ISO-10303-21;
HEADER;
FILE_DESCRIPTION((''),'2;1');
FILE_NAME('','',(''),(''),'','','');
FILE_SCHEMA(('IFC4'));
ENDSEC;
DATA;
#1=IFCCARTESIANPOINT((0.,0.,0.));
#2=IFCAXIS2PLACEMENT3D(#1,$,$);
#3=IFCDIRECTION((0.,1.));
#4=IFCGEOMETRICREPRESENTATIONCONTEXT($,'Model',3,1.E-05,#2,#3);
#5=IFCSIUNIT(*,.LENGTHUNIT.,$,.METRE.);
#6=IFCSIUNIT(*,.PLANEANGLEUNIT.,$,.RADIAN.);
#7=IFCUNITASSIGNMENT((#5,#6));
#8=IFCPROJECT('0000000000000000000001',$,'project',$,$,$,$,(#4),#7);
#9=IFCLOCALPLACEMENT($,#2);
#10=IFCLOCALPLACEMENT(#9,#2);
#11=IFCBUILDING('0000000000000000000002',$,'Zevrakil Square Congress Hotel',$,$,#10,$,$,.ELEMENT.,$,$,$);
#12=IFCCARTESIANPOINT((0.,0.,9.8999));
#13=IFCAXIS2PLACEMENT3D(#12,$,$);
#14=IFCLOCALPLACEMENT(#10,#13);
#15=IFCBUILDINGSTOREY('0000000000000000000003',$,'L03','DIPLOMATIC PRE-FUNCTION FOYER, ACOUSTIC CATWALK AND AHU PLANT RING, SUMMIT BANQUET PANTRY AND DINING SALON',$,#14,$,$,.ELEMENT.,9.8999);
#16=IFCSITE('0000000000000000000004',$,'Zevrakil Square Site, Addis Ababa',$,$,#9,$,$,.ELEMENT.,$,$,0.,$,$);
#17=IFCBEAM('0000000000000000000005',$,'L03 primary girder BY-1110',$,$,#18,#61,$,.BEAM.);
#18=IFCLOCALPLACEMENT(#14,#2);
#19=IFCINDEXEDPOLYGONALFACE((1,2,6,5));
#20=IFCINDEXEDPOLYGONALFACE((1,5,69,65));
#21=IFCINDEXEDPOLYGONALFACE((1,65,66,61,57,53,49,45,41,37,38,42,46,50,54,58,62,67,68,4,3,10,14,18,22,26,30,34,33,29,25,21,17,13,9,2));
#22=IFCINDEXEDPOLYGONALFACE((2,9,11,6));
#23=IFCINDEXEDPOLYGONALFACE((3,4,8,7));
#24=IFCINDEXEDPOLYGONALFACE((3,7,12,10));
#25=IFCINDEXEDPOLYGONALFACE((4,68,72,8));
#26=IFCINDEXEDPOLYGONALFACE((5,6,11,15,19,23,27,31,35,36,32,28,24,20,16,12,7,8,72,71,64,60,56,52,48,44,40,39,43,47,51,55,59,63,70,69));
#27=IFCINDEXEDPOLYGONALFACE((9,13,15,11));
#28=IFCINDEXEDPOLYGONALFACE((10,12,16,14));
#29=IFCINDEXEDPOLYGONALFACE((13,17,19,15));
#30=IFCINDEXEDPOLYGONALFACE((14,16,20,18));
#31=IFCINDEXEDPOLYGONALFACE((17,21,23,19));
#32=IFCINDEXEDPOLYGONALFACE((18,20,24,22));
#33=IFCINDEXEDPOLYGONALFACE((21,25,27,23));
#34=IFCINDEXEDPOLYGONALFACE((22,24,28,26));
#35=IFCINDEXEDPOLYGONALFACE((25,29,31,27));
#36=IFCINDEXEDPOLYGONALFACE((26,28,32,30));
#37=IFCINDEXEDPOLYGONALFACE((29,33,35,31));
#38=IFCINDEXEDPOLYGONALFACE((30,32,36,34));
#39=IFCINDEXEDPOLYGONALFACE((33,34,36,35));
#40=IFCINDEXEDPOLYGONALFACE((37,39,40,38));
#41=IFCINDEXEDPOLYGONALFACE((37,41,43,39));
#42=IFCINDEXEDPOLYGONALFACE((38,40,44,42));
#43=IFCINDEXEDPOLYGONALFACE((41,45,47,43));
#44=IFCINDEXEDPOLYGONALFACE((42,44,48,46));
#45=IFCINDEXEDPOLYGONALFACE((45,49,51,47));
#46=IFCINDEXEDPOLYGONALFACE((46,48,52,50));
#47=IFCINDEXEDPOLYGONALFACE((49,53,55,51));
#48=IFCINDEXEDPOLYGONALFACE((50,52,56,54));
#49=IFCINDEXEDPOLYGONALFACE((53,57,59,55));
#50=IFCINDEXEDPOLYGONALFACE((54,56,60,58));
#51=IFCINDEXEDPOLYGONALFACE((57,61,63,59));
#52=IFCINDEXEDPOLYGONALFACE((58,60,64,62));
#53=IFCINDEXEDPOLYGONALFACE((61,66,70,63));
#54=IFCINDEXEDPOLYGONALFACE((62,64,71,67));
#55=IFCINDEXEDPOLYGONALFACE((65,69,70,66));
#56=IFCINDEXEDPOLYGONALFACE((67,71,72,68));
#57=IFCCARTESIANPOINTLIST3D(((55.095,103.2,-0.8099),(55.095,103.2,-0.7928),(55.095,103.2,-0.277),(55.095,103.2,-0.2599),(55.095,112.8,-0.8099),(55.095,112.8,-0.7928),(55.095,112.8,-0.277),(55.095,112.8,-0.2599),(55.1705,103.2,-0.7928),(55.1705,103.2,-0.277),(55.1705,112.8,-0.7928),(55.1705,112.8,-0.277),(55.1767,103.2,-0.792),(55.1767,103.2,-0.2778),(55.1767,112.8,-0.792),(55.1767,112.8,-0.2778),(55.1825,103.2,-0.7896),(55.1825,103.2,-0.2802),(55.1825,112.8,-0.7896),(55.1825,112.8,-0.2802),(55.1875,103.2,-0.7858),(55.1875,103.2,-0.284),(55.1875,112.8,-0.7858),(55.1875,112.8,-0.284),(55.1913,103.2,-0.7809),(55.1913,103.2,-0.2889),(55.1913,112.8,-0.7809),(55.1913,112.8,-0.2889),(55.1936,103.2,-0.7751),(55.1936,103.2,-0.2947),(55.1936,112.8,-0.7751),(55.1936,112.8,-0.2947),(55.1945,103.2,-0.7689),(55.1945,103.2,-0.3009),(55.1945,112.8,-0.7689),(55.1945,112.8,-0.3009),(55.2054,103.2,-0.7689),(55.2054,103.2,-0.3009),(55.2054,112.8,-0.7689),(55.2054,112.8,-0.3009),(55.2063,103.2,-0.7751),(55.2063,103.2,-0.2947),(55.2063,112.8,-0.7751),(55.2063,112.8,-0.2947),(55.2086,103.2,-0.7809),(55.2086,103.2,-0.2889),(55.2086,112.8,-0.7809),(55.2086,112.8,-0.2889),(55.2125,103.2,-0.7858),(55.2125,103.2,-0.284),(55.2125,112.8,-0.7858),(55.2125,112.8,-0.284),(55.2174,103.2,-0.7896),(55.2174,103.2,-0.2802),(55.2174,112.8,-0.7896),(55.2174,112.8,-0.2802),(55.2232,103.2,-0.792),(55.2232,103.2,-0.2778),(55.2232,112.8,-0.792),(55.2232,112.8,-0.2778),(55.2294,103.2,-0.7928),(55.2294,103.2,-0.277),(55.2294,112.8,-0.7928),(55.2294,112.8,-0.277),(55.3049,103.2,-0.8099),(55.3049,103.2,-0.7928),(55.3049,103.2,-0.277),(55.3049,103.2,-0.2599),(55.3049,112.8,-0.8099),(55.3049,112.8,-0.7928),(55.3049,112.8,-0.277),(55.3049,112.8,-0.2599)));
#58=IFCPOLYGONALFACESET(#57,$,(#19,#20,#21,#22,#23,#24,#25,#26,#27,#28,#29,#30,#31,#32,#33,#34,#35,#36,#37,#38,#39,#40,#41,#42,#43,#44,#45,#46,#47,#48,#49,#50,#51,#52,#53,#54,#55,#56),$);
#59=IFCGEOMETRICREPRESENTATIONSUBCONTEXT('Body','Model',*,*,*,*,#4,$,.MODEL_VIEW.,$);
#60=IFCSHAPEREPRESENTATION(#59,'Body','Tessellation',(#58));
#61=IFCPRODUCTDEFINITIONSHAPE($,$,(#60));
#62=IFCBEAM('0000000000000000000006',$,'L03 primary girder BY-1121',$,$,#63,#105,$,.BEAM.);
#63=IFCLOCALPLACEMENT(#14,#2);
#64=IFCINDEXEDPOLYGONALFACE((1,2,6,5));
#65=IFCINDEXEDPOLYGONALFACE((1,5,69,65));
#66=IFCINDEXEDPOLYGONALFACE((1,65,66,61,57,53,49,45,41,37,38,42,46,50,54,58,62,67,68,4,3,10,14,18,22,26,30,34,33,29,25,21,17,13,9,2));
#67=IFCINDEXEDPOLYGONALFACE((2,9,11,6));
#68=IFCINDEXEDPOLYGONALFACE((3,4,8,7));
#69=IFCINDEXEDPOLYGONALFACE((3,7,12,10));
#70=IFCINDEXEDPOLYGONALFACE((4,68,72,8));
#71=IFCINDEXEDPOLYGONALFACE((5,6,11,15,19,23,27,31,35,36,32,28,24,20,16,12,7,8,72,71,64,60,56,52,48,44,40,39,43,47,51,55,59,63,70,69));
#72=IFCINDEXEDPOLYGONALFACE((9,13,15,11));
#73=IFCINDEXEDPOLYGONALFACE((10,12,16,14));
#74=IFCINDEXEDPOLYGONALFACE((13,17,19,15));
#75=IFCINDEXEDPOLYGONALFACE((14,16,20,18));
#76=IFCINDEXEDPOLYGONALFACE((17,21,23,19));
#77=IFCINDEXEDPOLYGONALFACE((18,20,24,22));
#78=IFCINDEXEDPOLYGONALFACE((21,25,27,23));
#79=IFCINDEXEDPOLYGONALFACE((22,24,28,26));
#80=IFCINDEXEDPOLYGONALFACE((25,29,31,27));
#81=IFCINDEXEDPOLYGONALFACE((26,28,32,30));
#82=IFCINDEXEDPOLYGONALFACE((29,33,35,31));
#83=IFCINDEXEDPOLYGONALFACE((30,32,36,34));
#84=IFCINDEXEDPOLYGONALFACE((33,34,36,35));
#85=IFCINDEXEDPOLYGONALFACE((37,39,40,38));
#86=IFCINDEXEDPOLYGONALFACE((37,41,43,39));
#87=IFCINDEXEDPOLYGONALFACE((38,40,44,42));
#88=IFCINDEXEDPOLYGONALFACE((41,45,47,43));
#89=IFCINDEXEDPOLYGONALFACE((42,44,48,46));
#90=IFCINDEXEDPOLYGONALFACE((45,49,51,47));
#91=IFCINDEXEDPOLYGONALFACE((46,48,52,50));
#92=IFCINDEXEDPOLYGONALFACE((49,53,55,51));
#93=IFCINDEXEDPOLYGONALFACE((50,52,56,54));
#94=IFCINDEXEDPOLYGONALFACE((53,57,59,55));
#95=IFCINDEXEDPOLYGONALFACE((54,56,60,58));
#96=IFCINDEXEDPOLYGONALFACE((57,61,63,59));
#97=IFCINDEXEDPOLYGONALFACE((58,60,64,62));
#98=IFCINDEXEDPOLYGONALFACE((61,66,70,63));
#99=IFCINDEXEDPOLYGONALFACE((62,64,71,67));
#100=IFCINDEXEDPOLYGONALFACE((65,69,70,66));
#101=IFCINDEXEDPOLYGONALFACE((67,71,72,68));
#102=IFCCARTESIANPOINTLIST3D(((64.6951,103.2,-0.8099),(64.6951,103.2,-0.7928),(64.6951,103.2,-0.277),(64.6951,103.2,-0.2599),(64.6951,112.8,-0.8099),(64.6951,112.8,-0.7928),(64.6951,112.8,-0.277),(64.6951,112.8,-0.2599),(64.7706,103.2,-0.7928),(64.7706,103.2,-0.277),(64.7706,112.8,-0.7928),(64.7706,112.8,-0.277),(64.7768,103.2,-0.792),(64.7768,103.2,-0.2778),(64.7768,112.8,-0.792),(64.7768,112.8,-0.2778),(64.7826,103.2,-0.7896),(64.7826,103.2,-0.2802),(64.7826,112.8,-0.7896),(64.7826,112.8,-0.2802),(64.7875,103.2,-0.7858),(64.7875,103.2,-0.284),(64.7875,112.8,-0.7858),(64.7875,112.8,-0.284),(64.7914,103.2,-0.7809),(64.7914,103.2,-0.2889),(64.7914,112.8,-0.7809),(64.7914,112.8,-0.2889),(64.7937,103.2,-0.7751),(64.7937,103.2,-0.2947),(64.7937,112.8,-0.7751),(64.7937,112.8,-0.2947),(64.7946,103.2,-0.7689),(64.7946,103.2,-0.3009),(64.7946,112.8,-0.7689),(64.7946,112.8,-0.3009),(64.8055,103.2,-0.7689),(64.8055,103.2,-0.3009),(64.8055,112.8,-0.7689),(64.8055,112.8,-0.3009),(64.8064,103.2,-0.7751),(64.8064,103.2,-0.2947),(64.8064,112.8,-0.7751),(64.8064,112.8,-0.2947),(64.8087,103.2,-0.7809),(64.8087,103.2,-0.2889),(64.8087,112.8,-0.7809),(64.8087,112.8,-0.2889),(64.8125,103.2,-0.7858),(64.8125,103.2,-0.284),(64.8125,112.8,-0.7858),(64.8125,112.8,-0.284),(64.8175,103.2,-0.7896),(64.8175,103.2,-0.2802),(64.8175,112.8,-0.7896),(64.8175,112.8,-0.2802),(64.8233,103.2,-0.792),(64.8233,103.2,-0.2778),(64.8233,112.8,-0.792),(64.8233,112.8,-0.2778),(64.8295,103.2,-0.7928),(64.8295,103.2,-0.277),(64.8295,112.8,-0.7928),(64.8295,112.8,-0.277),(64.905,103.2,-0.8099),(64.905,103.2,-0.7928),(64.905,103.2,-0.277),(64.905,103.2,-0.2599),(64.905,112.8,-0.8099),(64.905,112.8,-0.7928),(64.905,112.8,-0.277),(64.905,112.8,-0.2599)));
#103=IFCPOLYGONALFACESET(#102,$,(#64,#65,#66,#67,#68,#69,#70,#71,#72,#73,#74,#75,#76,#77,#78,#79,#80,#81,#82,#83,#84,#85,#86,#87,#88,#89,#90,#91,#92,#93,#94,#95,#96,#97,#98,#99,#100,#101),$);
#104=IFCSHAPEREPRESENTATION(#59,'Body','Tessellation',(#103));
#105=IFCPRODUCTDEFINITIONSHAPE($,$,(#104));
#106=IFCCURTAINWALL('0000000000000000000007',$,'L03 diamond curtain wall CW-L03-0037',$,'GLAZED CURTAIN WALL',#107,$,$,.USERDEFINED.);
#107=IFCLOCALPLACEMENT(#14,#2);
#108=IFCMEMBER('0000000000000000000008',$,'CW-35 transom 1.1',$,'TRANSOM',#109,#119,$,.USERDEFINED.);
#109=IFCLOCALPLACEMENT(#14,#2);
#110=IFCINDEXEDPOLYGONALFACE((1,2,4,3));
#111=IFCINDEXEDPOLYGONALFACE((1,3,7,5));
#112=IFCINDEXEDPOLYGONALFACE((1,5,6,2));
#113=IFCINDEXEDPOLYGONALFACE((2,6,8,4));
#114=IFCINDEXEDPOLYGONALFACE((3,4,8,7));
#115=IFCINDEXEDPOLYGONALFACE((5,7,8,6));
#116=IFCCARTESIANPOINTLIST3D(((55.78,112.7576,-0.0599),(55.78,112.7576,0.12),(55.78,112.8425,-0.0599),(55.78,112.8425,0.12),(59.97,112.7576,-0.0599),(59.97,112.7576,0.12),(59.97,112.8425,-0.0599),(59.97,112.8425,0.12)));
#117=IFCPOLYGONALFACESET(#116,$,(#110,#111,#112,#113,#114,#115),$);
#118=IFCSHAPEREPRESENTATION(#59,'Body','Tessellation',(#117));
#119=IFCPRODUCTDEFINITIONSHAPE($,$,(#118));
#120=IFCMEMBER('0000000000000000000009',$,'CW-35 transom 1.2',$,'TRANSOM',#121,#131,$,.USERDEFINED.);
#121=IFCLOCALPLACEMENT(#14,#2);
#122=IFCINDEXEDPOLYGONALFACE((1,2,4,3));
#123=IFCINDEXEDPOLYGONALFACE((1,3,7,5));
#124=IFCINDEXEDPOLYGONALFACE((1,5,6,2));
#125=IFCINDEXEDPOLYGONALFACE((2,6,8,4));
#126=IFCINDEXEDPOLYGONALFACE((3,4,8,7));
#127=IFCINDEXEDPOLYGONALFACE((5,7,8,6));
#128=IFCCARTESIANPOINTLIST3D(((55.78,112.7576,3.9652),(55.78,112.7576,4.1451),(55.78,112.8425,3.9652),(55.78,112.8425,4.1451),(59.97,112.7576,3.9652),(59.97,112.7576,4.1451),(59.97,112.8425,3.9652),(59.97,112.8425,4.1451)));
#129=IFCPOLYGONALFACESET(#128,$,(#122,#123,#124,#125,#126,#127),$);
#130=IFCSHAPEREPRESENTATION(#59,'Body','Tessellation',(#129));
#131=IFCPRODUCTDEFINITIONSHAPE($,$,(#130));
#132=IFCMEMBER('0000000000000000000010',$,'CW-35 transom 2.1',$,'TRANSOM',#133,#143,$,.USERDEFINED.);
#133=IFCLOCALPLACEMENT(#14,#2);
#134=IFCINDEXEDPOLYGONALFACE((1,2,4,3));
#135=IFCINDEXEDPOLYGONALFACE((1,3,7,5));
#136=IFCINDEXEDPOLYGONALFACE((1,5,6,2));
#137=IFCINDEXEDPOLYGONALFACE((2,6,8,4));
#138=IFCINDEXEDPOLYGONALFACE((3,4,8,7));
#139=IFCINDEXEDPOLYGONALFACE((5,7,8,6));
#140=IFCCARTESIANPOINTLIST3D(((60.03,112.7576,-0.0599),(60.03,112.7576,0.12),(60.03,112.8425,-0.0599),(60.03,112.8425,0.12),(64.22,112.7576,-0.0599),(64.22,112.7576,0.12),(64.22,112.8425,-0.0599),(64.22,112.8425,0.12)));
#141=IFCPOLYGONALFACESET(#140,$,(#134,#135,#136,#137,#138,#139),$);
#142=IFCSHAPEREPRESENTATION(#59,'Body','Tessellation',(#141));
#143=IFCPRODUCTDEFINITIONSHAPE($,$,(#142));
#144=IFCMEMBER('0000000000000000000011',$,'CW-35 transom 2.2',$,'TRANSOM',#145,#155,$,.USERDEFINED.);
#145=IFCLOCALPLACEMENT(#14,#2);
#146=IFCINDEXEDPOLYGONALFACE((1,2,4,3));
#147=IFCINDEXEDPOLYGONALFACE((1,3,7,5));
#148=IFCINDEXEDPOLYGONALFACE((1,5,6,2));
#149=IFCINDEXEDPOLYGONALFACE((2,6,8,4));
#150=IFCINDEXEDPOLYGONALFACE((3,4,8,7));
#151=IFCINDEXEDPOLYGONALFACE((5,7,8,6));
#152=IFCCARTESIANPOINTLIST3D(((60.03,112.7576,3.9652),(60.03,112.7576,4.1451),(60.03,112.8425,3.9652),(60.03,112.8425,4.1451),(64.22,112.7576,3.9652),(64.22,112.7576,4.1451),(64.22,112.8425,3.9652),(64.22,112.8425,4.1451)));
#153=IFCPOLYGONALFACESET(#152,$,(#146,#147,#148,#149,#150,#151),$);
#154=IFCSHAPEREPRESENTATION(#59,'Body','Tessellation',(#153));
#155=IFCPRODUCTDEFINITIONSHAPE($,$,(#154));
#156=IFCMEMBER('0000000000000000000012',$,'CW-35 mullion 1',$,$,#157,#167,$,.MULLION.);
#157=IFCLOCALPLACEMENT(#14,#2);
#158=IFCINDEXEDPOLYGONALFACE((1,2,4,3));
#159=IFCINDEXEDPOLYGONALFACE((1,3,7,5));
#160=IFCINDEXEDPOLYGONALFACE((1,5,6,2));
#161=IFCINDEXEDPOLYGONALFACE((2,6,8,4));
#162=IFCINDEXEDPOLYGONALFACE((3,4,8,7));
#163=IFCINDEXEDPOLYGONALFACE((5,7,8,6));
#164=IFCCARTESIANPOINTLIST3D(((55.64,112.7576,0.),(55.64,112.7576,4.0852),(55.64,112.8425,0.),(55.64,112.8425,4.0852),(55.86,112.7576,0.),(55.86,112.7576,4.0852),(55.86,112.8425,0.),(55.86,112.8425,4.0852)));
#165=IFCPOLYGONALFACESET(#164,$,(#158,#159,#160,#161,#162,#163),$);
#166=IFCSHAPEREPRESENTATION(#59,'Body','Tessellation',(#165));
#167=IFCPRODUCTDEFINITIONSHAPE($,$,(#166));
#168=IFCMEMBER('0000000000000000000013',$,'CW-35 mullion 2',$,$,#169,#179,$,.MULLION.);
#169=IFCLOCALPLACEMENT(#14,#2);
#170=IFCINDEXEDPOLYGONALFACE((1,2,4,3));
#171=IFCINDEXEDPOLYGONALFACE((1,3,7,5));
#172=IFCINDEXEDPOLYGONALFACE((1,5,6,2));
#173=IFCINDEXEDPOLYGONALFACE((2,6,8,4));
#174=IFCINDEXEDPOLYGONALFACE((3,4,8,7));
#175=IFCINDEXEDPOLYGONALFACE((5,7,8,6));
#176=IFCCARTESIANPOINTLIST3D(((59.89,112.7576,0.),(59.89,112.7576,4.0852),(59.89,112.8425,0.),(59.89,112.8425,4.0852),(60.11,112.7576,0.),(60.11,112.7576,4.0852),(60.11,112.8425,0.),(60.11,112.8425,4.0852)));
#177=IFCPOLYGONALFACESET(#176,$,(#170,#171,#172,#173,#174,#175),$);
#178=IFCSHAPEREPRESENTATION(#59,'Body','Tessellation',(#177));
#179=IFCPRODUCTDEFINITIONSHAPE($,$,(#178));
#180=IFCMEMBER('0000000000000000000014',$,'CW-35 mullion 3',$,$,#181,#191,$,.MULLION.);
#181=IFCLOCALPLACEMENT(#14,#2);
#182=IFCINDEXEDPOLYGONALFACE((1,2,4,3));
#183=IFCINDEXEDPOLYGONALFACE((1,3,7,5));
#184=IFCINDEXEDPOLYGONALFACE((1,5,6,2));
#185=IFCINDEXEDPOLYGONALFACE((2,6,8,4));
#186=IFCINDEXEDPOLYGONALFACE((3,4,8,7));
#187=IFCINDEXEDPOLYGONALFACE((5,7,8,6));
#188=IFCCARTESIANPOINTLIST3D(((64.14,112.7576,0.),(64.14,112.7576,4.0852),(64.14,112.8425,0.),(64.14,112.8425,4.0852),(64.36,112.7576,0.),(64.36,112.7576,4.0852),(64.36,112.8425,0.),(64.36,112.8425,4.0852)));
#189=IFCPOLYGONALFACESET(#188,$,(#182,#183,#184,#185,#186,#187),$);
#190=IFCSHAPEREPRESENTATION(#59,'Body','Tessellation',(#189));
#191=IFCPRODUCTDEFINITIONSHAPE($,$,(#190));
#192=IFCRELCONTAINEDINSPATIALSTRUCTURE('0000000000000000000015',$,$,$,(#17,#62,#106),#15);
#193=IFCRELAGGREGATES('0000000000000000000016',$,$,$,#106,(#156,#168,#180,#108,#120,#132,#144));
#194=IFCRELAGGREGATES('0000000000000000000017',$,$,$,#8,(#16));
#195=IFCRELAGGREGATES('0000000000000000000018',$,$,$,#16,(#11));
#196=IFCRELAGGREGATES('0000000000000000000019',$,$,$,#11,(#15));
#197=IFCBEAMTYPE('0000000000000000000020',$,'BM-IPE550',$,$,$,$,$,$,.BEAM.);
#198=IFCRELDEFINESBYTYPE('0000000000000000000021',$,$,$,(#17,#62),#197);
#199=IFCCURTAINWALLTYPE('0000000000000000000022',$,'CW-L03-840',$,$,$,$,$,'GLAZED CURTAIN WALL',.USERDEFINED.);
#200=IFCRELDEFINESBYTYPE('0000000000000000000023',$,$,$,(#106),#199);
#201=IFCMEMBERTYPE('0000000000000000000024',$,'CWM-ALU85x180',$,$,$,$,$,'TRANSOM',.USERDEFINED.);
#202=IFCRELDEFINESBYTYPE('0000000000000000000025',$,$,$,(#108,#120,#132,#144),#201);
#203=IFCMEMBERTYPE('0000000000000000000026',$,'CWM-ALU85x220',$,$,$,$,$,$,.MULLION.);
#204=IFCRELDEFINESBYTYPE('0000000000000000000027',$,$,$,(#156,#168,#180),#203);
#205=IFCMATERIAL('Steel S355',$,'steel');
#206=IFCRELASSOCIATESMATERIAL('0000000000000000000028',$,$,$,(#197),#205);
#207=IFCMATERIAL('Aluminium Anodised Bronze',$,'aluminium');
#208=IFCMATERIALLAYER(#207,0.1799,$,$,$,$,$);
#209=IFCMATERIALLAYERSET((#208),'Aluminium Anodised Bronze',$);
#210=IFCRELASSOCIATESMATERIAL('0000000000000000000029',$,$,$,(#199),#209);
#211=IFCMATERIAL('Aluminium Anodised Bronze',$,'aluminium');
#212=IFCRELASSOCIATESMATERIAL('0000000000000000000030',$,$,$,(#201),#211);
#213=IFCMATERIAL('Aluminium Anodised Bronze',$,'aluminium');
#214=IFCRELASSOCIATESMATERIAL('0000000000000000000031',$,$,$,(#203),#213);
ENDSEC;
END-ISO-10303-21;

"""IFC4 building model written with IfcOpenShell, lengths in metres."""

from ifc_helpers import new_model, si_unit, direction, frame, origin, origin_2d, place, context, subcontext, project, spatial, rectangle, i_section, extrude, material, layer, layer_set, material_profile, profile_set, type_object, element, aggregate, save


model = new_model("IFC4")

# Units and contexts
model_context = context("Model", 3, precision=1e-05, world=origin(), true_north=direction((0.0, 1.0)))
body_context = subcontext(model_context, "Body", "Model", "MODEL_VIEW")
ifc_project = project(units=[si_unit("LENGTHUNIT", "METRE"), si_unit("PLANEANGLEUNIT", "RADIAN")], contexts=[model_context])

# Site, building, storey
site_placement = place(None, origin())
site = spatial("IfcSite", under=ifc_project, at=site_placement, Name="Zevrakil Square Site, Addis Ababa", CompositionType="ELEMENT", RefElevation=0.0)
building_placement = place(site_placement, origin())
building = spatial("IfcBuilding", under=site, at=building_placement, Name="Zevrakil Square Congress Hotel", CompositionType="ELEMENT")
storey_placement = place(building_placement, frame((0.0, 0.0, 9.8999)))
storey = spatial("IfcBuildingStorey", under=building, at=storey_placement, Name="L03", Description="DIPLOMATIC PRE-FUNCTION FOYER, ACOUSTIC CATWALK AND AHU PLANT RING, SUMMIT BANQUET PANTRY AND DINING SALON", CompositionType="ELEMENT", Elevation=9.8999)

# Beams
ifc_material_1 = material(Name="Steel S355", Category="steel")
ifc_material_profile_1 = material_profile(ifc_material_1, i_section(OverallWidth=0.21, OverallDepth=0.55, WebThickness=0.011, FlangeThickness=0.0171, FilletRadius=0.0239, at=origin_2d()), Name="IPE 550")
ifc_profile_set_1 = profile_set([ifc_material_profile_1], Name="Steel S355")
beam_type_1 = type_object("IfcBeamType", Name="BM-IPE550", PredefinedType="BEAM", material=ifc_profile_set_1)
for number, where, z_axis, x_axis, name in (
    (1, (55.2, 103.2, -0.5349), (0.0, 1.0, 0.0), (-1.0, 0.0, 0.0), "L03 primary girder BY-1110"),
    (2, (64.8, 103.2, -0.5349), (0.0, 1.0, 0.0), (-1.0, 0.0, 0.0), "L03 primary girder BY-1121"),
):
    element("IfcBeam", number, at=place(storey_placement, frame(where, z_axis=z_axis, x_axis=x_axis)), inside=storey, type_object=beam_type_1, Name=name, PredefinedType="BEAM", context=body_context, shape_type="SweptSolid", body=[
        extrude(i_section(OverallWidth=0.21, OverallDepth=0.55, WebThickness=0.011, FlangeThickness=0.0171, FilletRadius=0.0239, at=origin_2d()), origin(), (0.0, 0.0, 1.0), 9.6001),
    ])

# Curtain wall, members
ifc_material_2 = material(Name="Aluminium Anodised Bronze", Category="aluminium")
ifc_layer_1 = layer(ifc_material_2, 0.1799)
ifc_layer_set_1 = layer_set([ifc_layer_1], Name="Aluminium Anodised Bronze")
curtain_wall_type = type_object("IfcCurtainWallType", Name="CW-L03-840", ElementType="GLAZED CURTAIN WALL", PredefinedType="USERDEFINED", material=ifc_layer_set_1)
curtain_wall_placement = place(storey_placement, origin())
curtain_wall = element("IfcCurtainWall", 3, at=curtain_wall_placement, inside=storey, type_object=curtain_wall_type, Name="L03 diamond curtain wall CW-L03-0037", ObjectType="GLAZED CURTAIN WALL", PredefinedType="USERDEFINED")
ifc_material_3 = material(Name="Aluminium Anodised Bronze", Category="aluminium")
ifc_material_profile_2 = material_profile(ifc_material_3, rectangle(XDim=0.085, YDim=0.1799, at=origin_2d()), Name="ALU 85x180")
ifc_profile_set_2 = profile_set([ifc_material_profile_2], Name="Aluminium Anodised Bronze")
member_type_1 = type_object("IfcMemberType", Name="CWM-ALU85x180", ElementType="TRANSOM", PredefinedType="USERDEFINED", material=ifc_profile_set_2)
member_1_placement = place(storey_placement, frame((55.78, 112.8, 0.03), z_axis=(1.0, 0.0, 0.0), x_axis=(0.0, 1.0, 0.0)))
member_1 = element("IfcMember", 4, at=member_1_placement, type_object=member_type_1, Name="CW-35 transom 1.1", ObjectType="TRANSOM", PredefinedType="USERDEFINED", context=body_context, shape_type="SweptSolid", body=[
    extrude(rectangle(XDim=0.085, YDim=0.1799, at=origin_2d()), origin(), (0.0, 0.0, 1.0), 4.1899),
])
member_2_placement = place(storey_placement, frame((55.78, 112.8, 4.0552), z_axis=(1.0, 0.0, 0.0), x_axis=(0.0, 1.0, 0.0)))
member_2 = element("IfcMember", 5, at=member_2_placement, type_object=member_type_1, Name="CW-35 transom 1.2", ObjectType="TRANSOM", PredefinedType="USERDEFINED", context=body_context, shape_type="SweptSolid", body=[
    extrude(rectangle(XDim=0.085, YDim=0.1799, at=origin_2d()), origin(), (0.0, 0.0, 1.0), 4.1899),
])
member_3_placement = place(storey_placement, frame((60.03, 112.8, 0.03), z_axis=(1.0, 0.0, 0.0), x_axis=(0.0, 1.0, 0.0)))
member_3 = element("IfcMember", 6, at=member_3_placement, type_object=member_type_1, Name="CW-35 transom 2.1", ObjectType="TRANSOM", PredefinedType="USERDEFINED", context=body_context, shape_type="SweptSolid", body=[
    extrude(rectangle(XDim=0.085, YDim=0.1799, at=origin_2d()), origin(), (0.0, 0.0, 1.0), 4.1899),
])
member_4_placement = place(storey_placement, frame((60.03, 112.8, 4.0552), z_axis=(1.0, 0.0, 0.0), x_axis=(0.0, 1.0, 0.0)))
member_4 = element("IfcMember", 7, at=member_4_placement, type_object=member_type_1, Name="CW-35 transom 2.2", ObjectType="TRANSOM", PredefinedType="USERDEFINED", context=body_context, shape_type="SweptSolid", body=[
    extrude(rectangle(XDim=0.085, YDim=0.1799, at=origin_2d()), origin(), (0.0, 0.0, 1.0), 4.1899),
])
ifc_material_4 = material(Name="Aluminium Anodised Bronze", Category="aluminium")
ifc_material_profile_3 = material_profile(ifc_material_4, rectangle(XDim=0.085, YDim=0.22, at=origin_2d()), Name="ALU 85x220")
ifc_profile_set_3 = profile_set([ifc_material_profile_3], Name="Aluminium Anodised Bronze")
member_type_2 = type_object("IfcMemberType", Name="CWM-ALU85x220", PredefinedType="MULLION", material=ifc_profile_set_3)
member_5_placement = place(storey_placement, frame((55.75, 112.8, 0.0), z_axis=(0.0, 0.0, 1.0), x_axis=(0.0, 1.0, 0.0)))
member_5 = element("IfcMember", 8, at=member_5_placement, type_object=member_type_2, Name="CW-35 mullion 1", PredefinedType="MULLION", context=body_context, shape_type="SweptSolid", body=[
    extrude(rectangle(XDim=0.085, YDim=0.22, at=origin_2d()), origin(), (0.0, 0.0, 1.0), 4.0852),
])
member_6_placement = place(storey_placement, frame((60.0, 112.8, 0.0), z_axis=(0.0, 0.0, 1.0), x_axis=(0.0, 1.0, 0.0)))
member_6 = element("IfcMember", 9, at=member_6_placement, type_object=member_type_2, Name="CW-35 mullion 2", PredefinedType="MULLION", context=body_context, shape_type="SweptSolid", body=[
    extrude(rectangle(XDim=0.085, YDim=0.22, at=origin_2d()), origin(), (0.0, 0.0, 1.0), 4.0852),
])
member_7_placement = place(storey_placement, frame((64.25, 112.8, 0.0), z_axis=(0.0, 0.0, 1.0), x_axis=(0.0, 1.0, 0.0)))
member_7 = element("IfcMember", 10, at=member_7_placement, type_object=member_type_2, Name="CW-35 mullion 3", PredefinedType="MULLION", context=body_context, shape_type="SweptSolid", body=[
    extrude(rectangle(XDim=0.085, YDim=0.22, at=origin_2d()), origin(), (0.0, 0.0, 1.0), 4.0852),
])
aggregate(curtain_wall, [member_5, member_6, member_7, member_1, member_2, member_3, member_4])

save(model, "model.ifc")
